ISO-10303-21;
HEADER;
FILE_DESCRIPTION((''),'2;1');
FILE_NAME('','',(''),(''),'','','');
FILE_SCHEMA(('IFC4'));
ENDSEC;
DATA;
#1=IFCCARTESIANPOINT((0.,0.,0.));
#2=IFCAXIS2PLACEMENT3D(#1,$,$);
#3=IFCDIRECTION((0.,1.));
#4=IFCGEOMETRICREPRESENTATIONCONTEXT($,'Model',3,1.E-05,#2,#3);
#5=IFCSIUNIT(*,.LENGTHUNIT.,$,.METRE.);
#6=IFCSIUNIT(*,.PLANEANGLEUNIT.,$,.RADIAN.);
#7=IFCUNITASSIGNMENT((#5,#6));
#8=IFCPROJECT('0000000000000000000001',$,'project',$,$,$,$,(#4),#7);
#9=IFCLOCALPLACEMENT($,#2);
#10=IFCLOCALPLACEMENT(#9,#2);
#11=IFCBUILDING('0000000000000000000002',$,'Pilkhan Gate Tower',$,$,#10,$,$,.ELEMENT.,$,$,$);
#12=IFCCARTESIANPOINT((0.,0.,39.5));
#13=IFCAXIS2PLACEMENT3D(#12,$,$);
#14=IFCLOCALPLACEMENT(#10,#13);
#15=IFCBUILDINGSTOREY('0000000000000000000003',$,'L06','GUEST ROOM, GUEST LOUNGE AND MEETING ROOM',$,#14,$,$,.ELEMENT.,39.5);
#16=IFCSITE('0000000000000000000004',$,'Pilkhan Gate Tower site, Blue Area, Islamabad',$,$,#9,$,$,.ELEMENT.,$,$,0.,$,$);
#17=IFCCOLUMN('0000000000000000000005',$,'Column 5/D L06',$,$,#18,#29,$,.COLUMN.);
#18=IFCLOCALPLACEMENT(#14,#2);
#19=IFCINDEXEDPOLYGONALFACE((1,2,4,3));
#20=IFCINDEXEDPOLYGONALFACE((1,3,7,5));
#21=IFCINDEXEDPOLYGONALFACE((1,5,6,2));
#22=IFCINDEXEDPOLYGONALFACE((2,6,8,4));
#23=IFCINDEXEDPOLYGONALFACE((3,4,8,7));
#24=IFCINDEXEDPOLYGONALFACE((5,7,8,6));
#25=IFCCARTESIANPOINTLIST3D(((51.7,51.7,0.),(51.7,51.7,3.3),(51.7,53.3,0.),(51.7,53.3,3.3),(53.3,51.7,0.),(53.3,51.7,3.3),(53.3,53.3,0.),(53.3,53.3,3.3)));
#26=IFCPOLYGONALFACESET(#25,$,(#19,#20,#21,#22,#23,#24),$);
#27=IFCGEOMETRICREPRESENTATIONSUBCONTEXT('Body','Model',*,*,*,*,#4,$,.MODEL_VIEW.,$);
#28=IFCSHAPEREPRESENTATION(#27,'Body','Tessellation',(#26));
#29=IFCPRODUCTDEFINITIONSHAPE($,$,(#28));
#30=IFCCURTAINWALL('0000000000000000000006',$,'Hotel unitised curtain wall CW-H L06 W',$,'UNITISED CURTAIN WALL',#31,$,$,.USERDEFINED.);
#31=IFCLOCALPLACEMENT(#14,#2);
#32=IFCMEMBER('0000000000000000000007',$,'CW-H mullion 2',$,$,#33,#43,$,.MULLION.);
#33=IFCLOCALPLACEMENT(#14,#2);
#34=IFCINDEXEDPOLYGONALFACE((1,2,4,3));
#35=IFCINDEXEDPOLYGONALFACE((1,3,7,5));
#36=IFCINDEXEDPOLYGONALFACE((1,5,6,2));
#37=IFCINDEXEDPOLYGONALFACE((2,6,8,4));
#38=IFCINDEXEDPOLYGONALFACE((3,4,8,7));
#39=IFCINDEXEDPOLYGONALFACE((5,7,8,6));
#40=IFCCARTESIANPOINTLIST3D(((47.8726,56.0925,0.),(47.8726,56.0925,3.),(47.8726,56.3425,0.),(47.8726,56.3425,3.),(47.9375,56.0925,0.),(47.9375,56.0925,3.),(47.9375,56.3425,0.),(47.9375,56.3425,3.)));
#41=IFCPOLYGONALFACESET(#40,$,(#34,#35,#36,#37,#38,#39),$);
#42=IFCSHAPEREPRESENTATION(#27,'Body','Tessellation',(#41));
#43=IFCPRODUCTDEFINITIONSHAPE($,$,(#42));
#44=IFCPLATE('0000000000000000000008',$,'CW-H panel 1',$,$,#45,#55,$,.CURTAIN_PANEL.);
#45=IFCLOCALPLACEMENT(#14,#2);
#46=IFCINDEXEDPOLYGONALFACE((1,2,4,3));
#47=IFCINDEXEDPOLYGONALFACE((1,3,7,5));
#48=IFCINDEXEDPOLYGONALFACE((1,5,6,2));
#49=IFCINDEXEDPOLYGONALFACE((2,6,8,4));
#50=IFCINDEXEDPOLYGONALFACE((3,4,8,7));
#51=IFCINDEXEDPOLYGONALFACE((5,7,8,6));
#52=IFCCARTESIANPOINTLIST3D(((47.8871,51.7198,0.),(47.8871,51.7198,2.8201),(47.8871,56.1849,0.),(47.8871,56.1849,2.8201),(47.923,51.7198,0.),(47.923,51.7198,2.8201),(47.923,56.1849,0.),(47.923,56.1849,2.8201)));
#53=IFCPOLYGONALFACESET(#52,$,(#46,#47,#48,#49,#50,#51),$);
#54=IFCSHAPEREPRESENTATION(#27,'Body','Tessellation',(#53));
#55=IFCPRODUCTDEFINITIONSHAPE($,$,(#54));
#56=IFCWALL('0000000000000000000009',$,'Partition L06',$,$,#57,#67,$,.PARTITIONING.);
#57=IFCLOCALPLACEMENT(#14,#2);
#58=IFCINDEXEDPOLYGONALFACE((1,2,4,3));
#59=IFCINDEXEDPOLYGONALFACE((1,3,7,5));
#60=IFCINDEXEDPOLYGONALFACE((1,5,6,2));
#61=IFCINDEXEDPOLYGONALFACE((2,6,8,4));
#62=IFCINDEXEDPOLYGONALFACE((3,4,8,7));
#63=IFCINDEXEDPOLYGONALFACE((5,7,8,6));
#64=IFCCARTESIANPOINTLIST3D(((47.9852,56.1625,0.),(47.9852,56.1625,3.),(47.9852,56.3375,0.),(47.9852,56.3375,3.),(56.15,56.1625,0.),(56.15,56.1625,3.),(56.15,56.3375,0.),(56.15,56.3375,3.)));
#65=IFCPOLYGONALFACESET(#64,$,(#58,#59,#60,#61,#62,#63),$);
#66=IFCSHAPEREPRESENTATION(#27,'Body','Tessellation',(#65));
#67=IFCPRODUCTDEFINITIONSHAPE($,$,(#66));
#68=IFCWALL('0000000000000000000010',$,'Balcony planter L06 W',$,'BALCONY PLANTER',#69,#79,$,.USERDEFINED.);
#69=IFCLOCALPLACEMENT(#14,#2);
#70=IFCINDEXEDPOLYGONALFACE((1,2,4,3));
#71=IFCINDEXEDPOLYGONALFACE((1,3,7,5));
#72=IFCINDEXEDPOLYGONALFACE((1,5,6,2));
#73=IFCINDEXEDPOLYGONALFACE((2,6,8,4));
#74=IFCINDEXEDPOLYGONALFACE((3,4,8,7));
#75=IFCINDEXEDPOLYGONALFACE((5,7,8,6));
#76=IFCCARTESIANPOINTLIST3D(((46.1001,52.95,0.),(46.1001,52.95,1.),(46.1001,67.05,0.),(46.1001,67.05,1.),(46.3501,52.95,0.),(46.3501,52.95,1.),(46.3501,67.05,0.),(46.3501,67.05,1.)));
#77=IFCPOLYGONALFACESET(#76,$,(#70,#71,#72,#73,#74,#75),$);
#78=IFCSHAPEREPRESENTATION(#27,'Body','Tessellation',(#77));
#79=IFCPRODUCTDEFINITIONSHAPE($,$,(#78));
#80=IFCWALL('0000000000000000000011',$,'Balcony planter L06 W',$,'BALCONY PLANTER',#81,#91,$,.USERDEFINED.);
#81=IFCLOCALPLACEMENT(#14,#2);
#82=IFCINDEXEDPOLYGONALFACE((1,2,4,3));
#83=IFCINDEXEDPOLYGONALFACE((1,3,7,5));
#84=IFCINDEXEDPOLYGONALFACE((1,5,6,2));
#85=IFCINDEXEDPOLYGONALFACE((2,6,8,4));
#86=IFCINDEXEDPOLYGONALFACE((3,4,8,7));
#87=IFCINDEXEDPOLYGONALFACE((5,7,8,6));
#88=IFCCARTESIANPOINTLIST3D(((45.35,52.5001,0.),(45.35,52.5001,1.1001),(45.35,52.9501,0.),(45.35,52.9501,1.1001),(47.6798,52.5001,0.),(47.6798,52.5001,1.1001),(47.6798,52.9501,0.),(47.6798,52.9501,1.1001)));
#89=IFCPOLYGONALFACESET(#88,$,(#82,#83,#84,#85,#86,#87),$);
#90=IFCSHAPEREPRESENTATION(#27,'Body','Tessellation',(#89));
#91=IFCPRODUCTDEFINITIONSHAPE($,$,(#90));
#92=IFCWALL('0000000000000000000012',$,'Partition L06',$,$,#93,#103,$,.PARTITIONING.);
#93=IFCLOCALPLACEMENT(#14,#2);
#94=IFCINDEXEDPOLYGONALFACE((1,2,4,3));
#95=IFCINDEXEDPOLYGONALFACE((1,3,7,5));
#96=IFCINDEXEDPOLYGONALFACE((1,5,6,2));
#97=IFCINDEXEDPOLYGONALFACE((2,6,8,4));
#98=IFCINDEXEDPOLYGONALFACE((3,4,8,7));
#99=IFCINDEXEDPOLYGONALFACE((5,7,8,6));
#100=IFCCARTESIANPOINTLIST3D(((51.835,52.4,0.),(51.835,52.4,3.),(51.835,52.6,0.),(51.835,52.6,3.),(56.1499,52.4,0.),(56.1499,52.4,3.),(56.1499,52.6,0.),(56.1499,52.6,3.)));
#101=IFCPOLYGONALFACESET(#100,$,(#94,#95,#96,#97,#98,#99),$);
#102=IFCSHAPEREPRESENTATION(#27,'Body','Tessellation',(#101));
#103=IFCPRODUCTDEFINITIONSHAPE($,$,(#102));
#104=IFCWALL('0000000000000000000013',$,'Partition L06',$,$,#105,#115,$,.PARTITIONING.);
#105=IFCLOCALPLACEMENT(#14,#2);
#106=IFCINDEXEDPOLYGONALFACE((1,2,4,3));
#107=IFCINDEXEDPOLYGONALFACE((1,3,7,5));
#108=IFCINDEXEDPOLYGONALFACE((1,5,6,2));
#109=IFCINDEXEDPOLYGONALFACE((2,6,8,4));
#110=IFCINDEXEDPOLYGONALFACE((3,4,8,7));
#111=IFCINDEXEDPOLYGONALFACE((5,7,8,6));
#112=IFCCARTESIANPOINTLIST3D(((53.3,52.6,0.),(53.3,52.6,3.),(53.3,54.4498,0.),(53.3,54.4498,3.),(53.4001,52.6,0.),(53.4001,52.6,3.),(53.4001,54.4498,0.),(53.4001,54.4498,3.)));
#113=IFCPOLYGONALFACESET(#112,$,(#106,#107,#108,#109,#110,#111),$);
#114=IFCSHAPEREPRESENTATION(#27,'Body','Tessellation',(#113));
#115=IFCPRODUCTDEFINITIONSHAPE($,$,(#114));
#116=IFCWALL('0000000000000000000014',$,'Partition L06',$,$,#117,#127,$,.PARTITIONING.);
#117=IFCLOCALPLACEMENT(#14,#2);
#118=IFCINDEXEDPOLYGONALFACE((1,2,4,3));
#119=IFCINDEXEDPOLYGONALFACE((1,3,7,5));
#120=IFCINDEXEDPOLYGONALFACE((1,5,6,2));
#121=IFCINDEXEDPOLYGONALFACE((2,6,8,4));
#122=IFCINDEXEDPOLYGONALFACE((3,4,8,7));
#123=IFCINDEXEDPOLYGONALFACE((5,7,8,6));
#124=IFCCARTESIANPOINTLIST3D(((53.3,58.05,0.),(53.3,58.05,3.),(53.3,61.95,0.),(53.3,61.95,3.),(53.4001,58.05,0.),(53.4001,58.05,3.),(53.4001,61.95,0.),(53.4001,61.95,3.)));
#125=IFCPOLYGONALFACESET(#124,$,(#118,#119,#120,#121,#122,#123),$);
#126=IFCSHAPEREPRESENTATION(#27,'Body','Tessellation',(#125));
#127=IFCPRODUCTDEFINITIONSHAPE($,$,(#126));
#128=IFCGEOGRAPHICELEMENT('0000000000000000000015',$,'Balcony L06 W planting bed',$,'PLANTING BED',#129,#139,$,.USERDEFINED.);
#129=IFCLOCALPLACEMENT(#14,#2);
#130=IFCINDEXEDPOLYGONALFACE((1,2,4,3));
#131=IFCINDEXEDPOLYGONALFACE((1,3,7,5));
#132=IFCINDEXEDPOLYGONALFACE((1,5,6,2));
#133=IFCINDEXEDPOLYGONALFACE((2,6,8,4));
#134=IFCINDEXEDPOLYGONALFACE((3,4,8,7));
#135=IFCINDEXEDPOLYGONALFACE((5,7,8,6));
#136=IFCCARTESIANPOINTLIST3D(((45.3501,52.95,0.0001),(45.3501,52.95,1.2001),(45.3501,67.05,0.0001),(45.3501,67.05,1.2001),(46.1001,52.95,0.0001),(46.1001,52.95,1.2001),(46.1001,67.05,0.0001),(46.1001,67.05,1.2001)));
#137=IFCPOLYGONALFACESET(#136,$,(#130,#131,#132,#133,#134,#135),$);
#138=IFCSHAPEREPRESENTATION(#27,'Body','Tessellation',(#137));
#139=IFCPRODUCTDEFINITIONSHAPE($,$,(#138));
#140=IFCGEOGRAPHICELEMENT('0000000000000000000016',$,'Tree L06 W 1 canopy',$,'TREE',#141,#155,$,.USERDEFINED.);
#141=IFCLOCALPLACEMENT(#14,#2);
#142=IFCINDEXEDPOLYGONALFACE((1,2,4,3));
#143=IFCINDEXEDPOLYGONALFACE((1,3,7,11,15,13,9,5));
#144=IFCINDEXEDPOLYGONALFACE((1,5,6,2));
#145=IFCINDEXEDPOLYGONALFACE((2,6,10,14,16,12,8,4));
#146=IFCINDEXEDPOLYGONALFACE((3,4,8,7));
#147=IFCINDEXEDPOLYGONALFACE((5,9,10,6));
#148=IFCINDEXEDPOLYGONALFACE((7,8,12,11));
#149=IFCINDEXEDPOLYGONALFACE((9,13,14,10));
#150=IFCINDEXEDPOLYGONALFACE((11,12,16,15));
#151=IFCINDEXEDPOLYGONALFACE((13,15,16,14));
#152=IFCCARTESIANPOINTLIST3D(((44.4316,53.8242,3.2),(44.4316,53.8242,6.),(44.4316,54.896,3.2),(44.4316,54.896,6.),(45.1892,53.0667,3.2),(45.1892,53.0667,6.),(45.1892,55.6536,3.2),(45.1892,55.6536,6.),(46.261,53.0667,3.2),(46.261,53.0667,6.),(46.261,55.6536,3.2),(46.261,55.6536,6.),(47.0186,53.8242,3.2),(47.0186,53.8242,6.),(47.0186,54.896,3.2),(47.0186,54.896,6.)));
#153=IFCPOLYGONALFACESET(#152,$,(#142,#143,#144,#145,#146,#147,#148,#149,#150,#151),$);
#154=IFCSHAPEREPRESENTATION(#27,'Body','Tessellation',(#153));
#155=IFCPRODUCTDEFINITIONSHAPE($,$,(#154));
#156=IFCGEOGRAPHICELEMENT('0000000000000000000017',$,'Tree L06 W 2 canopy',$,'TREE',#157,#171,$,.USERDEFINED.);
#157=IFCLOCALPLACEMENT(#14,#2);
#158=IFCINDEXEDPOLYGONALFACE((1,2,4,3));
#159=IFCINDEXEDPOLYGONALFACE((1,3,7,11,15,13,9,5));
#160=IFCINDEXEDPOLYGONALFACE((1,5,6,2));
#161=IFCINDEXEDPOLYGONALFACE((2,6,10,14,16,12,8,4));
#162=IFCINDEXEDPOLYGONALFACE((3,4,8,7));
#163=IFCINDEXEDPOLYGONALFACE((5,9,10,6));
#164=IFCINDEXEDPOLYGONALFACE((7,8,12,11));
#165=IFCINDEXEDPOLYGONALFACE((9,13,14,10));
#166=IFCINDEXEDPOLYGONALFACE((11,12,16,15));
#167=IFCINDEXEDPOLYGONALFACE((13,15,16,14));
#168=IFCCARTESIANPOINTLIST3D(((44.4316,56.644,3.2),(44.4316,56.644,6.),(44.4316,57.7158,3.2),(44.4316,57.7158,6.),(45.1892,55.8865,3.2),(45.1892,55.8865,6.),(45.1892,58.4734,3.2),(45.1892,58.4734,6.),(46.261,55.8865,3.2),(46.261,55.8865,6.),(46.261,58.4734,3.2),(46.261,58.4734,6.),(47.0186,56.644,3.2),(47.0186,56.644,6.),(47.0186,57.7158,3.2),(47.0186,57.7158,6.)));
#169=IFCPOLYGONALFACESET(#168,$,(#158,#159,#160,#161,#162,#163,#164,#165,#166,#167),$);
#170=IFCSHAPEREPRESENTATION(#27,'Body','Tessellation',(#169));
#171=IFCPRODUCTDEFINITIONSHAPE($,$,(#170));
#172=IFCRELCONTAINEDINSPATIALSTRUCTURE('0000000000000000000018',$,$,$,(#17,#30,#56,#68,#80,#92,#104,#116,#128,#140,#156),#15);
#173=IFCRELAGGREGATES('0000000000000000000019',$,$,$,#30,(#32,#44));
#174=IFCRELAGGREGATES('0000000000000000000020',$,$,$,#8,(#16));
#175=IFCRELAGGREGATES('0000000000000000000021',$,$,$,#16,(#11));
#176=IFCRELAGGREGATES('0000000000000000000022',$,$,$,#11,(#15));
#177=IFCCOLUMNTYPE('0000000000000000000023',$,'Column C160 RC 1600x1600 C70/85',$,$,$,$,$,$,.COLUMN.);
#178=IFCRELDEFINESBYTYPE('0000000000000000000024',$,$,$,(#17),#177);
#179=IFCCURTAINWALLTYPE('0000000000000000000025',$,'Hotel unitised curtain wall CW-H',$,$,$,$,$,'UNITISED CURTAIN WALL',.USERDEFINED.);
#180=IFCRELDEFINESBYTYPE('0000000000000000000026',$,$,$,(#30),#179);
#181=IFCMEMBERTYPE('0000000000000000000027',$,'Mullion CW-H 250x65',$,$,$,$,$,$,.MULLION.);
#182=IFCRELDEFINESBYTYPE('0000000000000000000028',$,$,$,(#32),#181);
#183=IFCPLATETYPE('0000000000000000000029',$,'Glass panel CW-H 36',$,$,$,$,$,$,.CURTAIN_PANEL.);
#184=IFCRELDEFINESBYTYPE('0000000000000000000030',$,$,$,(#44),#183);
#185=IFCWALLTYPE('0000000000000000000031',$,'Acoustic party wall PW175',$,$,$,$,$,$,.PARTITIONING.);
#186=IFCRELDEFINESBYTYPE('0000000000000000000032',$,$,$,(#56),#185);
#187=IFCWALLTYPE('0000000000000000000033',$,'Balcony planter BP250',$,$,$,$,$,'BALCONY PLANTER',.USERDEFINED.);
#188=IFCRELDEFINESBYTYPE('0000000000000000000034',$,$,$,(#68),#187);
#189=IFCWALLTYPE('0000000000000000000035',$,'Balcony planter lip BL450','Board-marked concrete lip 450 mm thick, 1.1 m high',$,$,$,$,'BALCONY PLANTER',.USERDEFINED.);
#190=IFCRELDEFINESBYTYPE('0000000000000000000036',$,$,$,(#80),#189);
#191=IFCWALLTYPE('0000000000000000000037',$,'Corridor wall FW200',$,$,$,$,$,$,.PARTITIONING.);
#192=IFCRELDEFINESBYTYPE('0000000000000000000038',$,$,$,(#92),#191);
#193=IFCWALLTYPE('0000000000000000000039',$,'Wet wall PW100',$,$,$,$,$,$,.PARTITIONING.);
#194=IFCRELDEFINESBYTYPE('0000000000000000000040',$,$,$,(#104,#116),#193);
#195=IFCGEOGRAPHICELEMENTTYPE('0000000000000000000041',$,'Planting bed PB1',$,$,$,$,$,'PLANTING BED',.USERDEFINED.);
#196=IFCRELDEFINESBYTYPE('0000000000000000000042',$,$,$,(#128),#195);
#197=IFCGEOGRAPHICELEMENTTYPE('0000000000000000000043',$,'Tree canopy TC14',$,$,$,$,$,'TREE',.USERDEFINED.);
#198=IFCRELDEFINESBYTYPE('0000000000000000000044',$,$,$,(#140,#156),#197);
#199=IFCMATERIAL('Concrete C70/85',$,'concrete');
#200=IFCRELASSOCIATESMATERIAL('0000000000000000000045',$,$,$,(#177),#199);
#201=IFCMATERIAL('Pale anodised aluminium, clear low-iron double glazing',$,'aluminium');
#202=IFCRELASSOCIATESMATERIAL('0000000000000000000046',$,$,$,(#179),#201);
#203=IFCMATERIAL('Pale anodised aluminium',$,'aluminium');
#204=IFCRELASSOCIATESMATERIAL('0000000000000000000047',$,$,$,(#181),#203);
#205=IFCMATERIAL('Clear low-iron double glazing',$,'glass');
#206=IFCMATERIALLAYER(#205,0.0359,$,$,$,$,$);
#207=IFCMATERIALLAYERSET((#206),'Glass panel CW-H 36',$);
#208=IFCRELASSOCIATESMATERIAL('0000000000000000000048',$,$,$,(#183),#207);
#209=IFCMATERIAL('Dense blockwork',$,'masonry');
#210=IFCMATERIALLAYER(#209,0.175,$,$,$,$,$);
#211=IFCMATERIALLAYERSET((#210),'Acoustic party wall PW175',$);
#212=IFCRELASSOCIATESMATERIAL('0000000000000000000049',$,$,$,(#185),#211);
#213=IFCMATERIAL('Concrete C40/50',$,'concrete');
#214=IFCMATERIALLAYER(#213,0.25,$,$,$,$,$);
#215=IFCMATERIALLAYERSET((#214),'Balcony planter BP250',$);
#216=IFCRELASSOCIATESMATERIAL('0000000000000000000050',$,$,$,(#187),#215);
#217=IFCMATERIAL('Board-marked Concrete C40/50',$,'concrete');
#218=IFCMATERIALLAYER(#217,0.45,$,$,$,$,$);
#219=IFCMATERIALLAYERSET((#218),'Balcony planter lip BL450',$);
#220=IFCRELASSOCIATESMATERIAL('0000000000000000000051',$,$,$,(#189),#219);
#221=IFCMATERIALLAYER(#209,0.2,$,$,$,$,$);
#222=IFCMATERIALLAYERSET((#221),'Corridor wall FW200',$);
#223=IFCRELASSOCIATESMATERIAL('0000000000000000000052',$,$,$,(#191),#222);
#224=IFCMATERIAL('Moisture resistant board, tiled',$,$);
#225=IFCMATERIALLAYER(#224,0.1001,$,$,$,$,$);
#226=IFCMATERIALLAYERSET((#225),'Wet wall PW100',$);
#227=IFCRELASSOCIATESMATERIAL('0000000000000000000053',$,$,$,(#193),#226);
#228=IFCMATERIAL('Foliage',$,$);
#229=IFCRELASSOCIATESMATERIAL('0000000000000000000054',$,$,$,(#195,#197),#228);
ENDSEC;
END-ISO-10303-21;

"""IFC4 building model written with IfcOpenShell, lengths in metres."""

from ifc_helpers import new_model, si_unit, direction, frame, frame_2d, origin, origin_2d, place, context, subcontext, project, spatial, polyline, rectangle, outline, extrude, material, layer, layer_set, material_profile, profile_set, type_object, element, aggregate, save


model = new_model("IFC4")

# Units and contexts
model_context = context("Model", 3, precision=1e-05, world=origin(), true_north=direction((0.0, 1.0)))
body_context = subcontext(model_context, "Body", "Model", "MODEL_VIEW")
ifc_project = project(units=[si_unit("LENGTHUNIT", "METRE"), si_unit("PLANEANGLEUNIT", "RADIAN")], contexts=[model_context])

# Site, building, storey
site_placement = place(None, origin())
site = spatial("IfcSite", under=ifc_project, at=site_placement, Name="Pilkhan Gate Tower site, Blue Area, Islamabad", CompositionType="ELEMENT", RefElevation=0.0)
building_placement = place(site_placement, origin())
building = spatial("IfcBuilding", under=site, at=building_placement, Name="Pilkhan Gate Tower", CompositionType="ELEMENT")
storey_placement = place(building_placement, frame((0.0, 0.0, 39.5)))
storey = spatial("IfcBuildingStorey", under=building, at=storey_placement, Name="L06", Description="GUEST ROOM, GUEST LOUNGE AND MEETING ROOM", CompositionType="ELEMENT", Elevation=39.5)

# Column
ifc_material_1 = material(Name="Concrete C70/85", Category="concrete")
ifc_material_profile_1 = material_profile(ifc_material_1, rectangle(XDim=1.6001, YDim=1.6001, at=origin_2d()), Name="RC 1600x1600")
ifc_profile_set_1 = profile_set([ifc_material_profile_1], Name="Concrete C70/85")
column_type = type_object("IfcColumnType", Name="Column C160 RC 1600x1600 C70/85", PredefinedType="COLUMN", material=ifc_profile_set_1)
column_placement = place(storey_placement, frame((52.5, 52.5, 0.0), z_axis=(0.0, 0.0, 1.0), x_axis=(1.0, 0.0, 0.0)))
element("IfcColumn", 1, at=column_placement, inside=storey, type_object=column_type, Name="Column 5/D L06", PredefinedType="COLUMN", context=body_context, shape_type="SweptSolid", body=[
    extrude(rectangle(XDim=1.6001, YDim=1.6001, at=origin_2d()), origin(), (0.0, 0.0, 1.0), 3.3),
])

# Curtain wall, member, plate
ifc_material_2 = material(Name="Pale anodised aluminium, clear low-iron double glazing", Category="aluminium")
curtain_wall_type = type_object("IfcCurtainWallType", Name="Hotel unitised curtain wall CW-H", ElementType="UNITISED CURTAIN WALL", PredefinedType="USERDEFINED", material=ifc_material_2)
curtain_wall_placement = place(storey_placement, origin())
curtain_wall = element("IfcCurtainWall", 2, at=curtain_wall_placement, inside=storey, type_object=curtain_wall_type, Name="Hotel unitised curtain wall CW-H L06 W", ObjectType="UNITISED CURTAIN WALL", PredefinedType="USERDEFINED")
ifc_material_3 = material(Name="Pale anodised aluminium", Category="aluminium")
ifc_material_profile_2 = material_profile(ifc_material_3, rectangle(XDim=0.0649, YDim=0.25, at=origin_2d()), Name="Mullion 250x65")
ifc_profile_set_2 = profile_set([ifc_material_profile_2], Name="Pale anodised aluminium")
member_type = type_object("IfcMemberType", Name="Mullion CW-H 250x65", PredefinedType="MULLION", material=ifc_profile_set_2)
member_placement = place(storey_placement, frame((47.905, 56.2175, 0.0), z_axis=(0.0, 0.0, 1.0), x_axis=(-1.0, 0.0, 0.0)))
member = element("IfcMember", 3, at=member_placement, type_object=member_type, Name="CW-H mullion 2", PredefinedType="MULLION", context=body_context, shape_type="SweptSolid", body=[
    extrude(rectangle(XDim=0.0649, YDim=0.25, at=origin_2d()), origin(), (0.0, 0.0, 1.0), 3.0),
])
ifc_material_4 = material(Name="Clear low-iron double glazing", Category="glass")
ifc_layer_1 = layer(ifc_material_4, 0.0359)
ifc_layer_set_1 = layer_set([ifc_layer_1], Name="Glass panel CW-H 36")
plate_type = type_object("IfcPlateType", Name="Glass panel CW-H 36", PredefinedType="CURTAIN_PANEL", material=ifc_layer_set_1)
plate_placement = place(storey_placement, frame((47.905, 53.9524, 0.0), z_axis=(0.0, 0.0, 1.0), x_axis=(0.0, 1.0, 0.0)))
plate = element("IfcPlate", 4, at=plate_placement, type_object=plate_type, Name="CW-H panel 1", PredefinedType="CURTAIN_PANEL", context=body_context, shape_type="SweptSolid", body=[
    extrude(rectangle(XDim=4.4651, YDim=0.0359, at=origin_2d()), origin(), (0.0, 0.0, 1.0), 2.8201),
])
aggregate(curtain_wall, [member, plate])

# Walls
ifc_material_5 = material(Name="Dense blockwork", Category="masonry")
ifc_layer_2 = layer(ifc_material_5, 0.175)
ifc_layer_set_2 = layer_set([ifc_layer_2], Name="Acoustic party wall PW175")
wall_type_1 = type_object("IfcWallType", Name="Acoustic party wall PW175", PredefinedType="PARTITIONING", material=ifc_layer_set_2)
wall_1_placement = place(storey_placement, frame((47.9851, 56.25, 0.0), z_axis=(0.0, 0.0, 1.0), x_axis=(1.0, 0.0, 0.0)))
element("IfcWall", 5, at=wall_1_placement, inside=storey, type_object=wall_type_1, Name="Partition L06", PredefinedType="PARTITIONING", context=body_context, shape_type="SweptSolid", body=[
    extrude(rectangle(XDim=8.1648, YDim=0.175, at=frame_2d((4.0825, 0.0))), origin(), (0.0, 0.0, 1.0), 3.0),
])
ifc_material_6 = material(Name="Concrete C40/50", Category="concrete")
ifc_layer_3 = layer(ifc_material_6, 0.25)
ifc_layer_set_3 = layer_set([ifc_layer_3], Name="Balcony planter BP250")
wall_type_2 = type_object("IfcWallType", Name="Balcony planter BP250", ElementType="BALCONY PLANTER", PredefinedType="USERDEFINED", material=ifc_layer_set_3)
wall_2_placement = place(storey_placement, frame((46.2251, 52.95, 0.0), z_axis=(0.0, 0.0, 1.0), x_axis=(0.0, 1.0, 0.0)))
element("IfcWall", 6, at=wall_2_placement, inside=storey, type_object=wall_type_2, Name="Balcony planter L06 W", ObjectType="BALCONY PLANTER", PredefinedType="USERDEFINED", context=body_context, shape_type="SweptSolid", body=[
    extrude(rectangle(XDim=14.1001, YDim=0.25, at=frame_2d((7.05, 0.0))), origin(), (0.0, 0.0, 1.0), 1.0),
])
ifc_material_7 = material(Name="Board-marked Concrete C40/50", Category="concrete")
ifc_layer_4 = layer(ifc_material_7, 0.45)
ifc_layer_set_4 = layer_set([ifc_layer_4], Name="Balcony planter lip BL450")
wall_type_3 = type_object("IfcWallType", Name="Balcony planter lip BL450", Description="Board-marked concrete lip 450 mm thick, 1.1 m high", ElementType="BALCONY PLANTER", PredefinedType="USERDEFINED", material=ifc_layer_set_4)
wall_3_placement = place(storey_placement, frame((47.6799, 52.7251, 0.0), z_axis=(0.0, 0.0, 1.0), x_axis=(-1.0, 0.0, 0.0)))
element("IfcWall", 7, at=wall_3_placement, inside=storey, type_object=wall_type_3, Name="Balcony planter L06 W", ObjectType="BALCONY PLANTER", PredefinedType="USERDEFINED", context=body_context, shape_type="SweptSolid", body=[
    extrude(rectangle(XDim=2.3298, YDim=0.45, at=frame_2d((1.165, 0.0))), origin(), (0.0, 0.0, 1.0), 1.1001),
])
ifc_layer_5 = layer(ifc_material_5, 0.2)
ifc_layer_set_5 = layer_set([ifc_layer_5], Name="Corridor wall FW200")
wall_type_4 = type_object("IfcWallType", Name="Corridor wall FW200", PredefinedType="PARTITIONING", material=ifc_layer_set_5)
wall_4_placement = place(storey_placement, frame((51.835, 52.5, 0.0), z_axis=(0.0, 0.0, 1.0), x_axis=(1.0, 0.0, 0.0)))
element("IfcWall", 8, at=wall_4_placement, inside=storey, type_object=wall_type_4, Name="Partition L06", PredefinedType="PARTITIONING", context=body_context, shape_type="SweptSolid", body=[
    extrude(rectangle(XDim=4.3149, YDim=0.2, at=frame_2d((2.1575, 0.0))), origin(), (0.0, 0.0, 1.0), 3.0),
])

# Walls
ifc_material_8 = material(Name="Moisture resistant board, tiled")
ifc_layer_6 = layer(ifc_material_8, 0.1001)
ifc_layer_set_6 = layer_set([ifc_layer_6], Name="Wet wall PW100")
wall_type_5 = type_object("IfcWallType", Name="Wet wall PW100", PredefinedType="PARTITIONING", material=ifc_layer_set_6)
wall_5_placement = place(storey_placement, frame((53.3501, 52.6001, 0.0), z_axis=(0.0, 0.0, 1.0), x_axis=(0.0, 1.0, 0.0)))
element("IfcWall", 9, at=wall_5_placement, inside=storey, type_object=wall_type_5, Name="Partition L06", PredefinedType="PARTITIONING", context=body_context, shape_type="SweptSolid", body=[
    extrude(rectangle(XDim=1.8499, YDim=0.1001, at=frame_2d((0.9248, 0.0))), origin(), (0.0, 0.0, 1.0), 3.0),
])
wall_6_placement = place(storey_placement, frame((53.3501, 58.05, 0.0), z_axis=(0.0, 0.0, 1.0), x_axis=(0.0, 1.0, 0.0)))
element("IfcWall", 10, at=wall_6_placement, inside=storey, type_object=wall_type_5, Name="Partition L06", PredefinedType="PARTITIONING", context=body_context, shape_type="SweptSolid", body=[
    extrude(rectangle(XDim=3.8999, YDim=0.1001, at=frame_2d((1.95, 0.0))), origin(), (0.0, 0.0, 1.0), 3.0),
])

# Geographic elements
ifc_material_9 = material(Name="Foliage")
ifc_material_profile_3 = material_profile(ifc_material_9, rectangle(XDim=0.75, YDim=1.2, at=origin_2d()), Name="Bed 750x1200")
ifc_profile_set_3 = profile_set([ifc_material_profile_3], Name="Foliage")
geographic_element_type_1 = type_object("IfcGeographicElementType", Name="Planting bed PB1", ElementType="PLANTING BED", PredefinedType="USERDEFINED", material=ifc_profile_set_3)
geographic_element_placement = place(storey_placement, frame((45.7251, 52.95, 0.6001), z_axis=(0.0, 1.0, 0.0), x_axis=(-1.0, 0.0, 0.0)))
element("IfcGeographicElement", 11, at=geographic_element_placement, inside=storey, type_object=geographic_element_type_1, Name="Balcony L06 W planting bed", ObjectType="PLANTING BED", PredefinedType="USERDEFINED", context=body_context, shape_type="SweptSolid", body=[
    extrude(rectangle(XDim=0.75, YDim=1.2, at=origin_2d()), origin(), (0.0, 0.0, 1.0), 14.1001),
])
ifc_material_profile_4 = material_profile(ifc_material_9, outline(polyline([(1.2935, 0.5359), (0.5359, 1.2935), (-0.5359, 1.2935), (-1.2935, 0.5359), (-1.2935, -0.5359), (-0.5359, -1.2935), (0.5359, -1.2935), (1.2935, -0.5359), (1.2935, 0.5359)])), Name="Canopy D2.8")
ifc_profile_set_4 = profile_set([ifc_material_profile_4], Name="Foliage")
geographic_element_type_2 = type_object("IfcGeographicElementType", Name="Tree canopy TC14", ElementType="TREE", PredefinedType="USERDEFINED", material=ifc_profile_set_4)
for number, where, z_axis, x_axis, name in (
    (12, (45.7251, 54.3601, 3.2), (0.0, 0.0, 1.0), (1.0, 0.0, 0.0), "Tree L06 W 1 canopy"),
    (13, (45.7251, 57.1799, 3.2), (0.0, 0.0, 1.0), (1.0, 0.0, 0.0), "Tree L06 W 2 canopy"),
):
    element("IfcGeographicElement", number, at=place(storey_placement, frame(where, z_axis=z_axis, x_axis=x_axis)), inside=storey, type_object=geographic_element_type_2, Name=name, ObjectType="TREE", PredefinedType="USERDEFINED", context=body_context, shape_type="SweptSolid", body=[
        extrude(outline(polyline([(1.2935, 0.5359), (0.5359, 1.2935), (-0.5359, 1.2935), (-1.2935, 0.5359), (-1.2935, -0.5359), (-0.5359, -1.2935), (0.5359, -1.2935), (1.2935, -0.5359), (1.2935, 0.5359)])), origin(), (0.0, 0.0, 1.0), 2.8),
    ])

save(model, "model.ifc")
